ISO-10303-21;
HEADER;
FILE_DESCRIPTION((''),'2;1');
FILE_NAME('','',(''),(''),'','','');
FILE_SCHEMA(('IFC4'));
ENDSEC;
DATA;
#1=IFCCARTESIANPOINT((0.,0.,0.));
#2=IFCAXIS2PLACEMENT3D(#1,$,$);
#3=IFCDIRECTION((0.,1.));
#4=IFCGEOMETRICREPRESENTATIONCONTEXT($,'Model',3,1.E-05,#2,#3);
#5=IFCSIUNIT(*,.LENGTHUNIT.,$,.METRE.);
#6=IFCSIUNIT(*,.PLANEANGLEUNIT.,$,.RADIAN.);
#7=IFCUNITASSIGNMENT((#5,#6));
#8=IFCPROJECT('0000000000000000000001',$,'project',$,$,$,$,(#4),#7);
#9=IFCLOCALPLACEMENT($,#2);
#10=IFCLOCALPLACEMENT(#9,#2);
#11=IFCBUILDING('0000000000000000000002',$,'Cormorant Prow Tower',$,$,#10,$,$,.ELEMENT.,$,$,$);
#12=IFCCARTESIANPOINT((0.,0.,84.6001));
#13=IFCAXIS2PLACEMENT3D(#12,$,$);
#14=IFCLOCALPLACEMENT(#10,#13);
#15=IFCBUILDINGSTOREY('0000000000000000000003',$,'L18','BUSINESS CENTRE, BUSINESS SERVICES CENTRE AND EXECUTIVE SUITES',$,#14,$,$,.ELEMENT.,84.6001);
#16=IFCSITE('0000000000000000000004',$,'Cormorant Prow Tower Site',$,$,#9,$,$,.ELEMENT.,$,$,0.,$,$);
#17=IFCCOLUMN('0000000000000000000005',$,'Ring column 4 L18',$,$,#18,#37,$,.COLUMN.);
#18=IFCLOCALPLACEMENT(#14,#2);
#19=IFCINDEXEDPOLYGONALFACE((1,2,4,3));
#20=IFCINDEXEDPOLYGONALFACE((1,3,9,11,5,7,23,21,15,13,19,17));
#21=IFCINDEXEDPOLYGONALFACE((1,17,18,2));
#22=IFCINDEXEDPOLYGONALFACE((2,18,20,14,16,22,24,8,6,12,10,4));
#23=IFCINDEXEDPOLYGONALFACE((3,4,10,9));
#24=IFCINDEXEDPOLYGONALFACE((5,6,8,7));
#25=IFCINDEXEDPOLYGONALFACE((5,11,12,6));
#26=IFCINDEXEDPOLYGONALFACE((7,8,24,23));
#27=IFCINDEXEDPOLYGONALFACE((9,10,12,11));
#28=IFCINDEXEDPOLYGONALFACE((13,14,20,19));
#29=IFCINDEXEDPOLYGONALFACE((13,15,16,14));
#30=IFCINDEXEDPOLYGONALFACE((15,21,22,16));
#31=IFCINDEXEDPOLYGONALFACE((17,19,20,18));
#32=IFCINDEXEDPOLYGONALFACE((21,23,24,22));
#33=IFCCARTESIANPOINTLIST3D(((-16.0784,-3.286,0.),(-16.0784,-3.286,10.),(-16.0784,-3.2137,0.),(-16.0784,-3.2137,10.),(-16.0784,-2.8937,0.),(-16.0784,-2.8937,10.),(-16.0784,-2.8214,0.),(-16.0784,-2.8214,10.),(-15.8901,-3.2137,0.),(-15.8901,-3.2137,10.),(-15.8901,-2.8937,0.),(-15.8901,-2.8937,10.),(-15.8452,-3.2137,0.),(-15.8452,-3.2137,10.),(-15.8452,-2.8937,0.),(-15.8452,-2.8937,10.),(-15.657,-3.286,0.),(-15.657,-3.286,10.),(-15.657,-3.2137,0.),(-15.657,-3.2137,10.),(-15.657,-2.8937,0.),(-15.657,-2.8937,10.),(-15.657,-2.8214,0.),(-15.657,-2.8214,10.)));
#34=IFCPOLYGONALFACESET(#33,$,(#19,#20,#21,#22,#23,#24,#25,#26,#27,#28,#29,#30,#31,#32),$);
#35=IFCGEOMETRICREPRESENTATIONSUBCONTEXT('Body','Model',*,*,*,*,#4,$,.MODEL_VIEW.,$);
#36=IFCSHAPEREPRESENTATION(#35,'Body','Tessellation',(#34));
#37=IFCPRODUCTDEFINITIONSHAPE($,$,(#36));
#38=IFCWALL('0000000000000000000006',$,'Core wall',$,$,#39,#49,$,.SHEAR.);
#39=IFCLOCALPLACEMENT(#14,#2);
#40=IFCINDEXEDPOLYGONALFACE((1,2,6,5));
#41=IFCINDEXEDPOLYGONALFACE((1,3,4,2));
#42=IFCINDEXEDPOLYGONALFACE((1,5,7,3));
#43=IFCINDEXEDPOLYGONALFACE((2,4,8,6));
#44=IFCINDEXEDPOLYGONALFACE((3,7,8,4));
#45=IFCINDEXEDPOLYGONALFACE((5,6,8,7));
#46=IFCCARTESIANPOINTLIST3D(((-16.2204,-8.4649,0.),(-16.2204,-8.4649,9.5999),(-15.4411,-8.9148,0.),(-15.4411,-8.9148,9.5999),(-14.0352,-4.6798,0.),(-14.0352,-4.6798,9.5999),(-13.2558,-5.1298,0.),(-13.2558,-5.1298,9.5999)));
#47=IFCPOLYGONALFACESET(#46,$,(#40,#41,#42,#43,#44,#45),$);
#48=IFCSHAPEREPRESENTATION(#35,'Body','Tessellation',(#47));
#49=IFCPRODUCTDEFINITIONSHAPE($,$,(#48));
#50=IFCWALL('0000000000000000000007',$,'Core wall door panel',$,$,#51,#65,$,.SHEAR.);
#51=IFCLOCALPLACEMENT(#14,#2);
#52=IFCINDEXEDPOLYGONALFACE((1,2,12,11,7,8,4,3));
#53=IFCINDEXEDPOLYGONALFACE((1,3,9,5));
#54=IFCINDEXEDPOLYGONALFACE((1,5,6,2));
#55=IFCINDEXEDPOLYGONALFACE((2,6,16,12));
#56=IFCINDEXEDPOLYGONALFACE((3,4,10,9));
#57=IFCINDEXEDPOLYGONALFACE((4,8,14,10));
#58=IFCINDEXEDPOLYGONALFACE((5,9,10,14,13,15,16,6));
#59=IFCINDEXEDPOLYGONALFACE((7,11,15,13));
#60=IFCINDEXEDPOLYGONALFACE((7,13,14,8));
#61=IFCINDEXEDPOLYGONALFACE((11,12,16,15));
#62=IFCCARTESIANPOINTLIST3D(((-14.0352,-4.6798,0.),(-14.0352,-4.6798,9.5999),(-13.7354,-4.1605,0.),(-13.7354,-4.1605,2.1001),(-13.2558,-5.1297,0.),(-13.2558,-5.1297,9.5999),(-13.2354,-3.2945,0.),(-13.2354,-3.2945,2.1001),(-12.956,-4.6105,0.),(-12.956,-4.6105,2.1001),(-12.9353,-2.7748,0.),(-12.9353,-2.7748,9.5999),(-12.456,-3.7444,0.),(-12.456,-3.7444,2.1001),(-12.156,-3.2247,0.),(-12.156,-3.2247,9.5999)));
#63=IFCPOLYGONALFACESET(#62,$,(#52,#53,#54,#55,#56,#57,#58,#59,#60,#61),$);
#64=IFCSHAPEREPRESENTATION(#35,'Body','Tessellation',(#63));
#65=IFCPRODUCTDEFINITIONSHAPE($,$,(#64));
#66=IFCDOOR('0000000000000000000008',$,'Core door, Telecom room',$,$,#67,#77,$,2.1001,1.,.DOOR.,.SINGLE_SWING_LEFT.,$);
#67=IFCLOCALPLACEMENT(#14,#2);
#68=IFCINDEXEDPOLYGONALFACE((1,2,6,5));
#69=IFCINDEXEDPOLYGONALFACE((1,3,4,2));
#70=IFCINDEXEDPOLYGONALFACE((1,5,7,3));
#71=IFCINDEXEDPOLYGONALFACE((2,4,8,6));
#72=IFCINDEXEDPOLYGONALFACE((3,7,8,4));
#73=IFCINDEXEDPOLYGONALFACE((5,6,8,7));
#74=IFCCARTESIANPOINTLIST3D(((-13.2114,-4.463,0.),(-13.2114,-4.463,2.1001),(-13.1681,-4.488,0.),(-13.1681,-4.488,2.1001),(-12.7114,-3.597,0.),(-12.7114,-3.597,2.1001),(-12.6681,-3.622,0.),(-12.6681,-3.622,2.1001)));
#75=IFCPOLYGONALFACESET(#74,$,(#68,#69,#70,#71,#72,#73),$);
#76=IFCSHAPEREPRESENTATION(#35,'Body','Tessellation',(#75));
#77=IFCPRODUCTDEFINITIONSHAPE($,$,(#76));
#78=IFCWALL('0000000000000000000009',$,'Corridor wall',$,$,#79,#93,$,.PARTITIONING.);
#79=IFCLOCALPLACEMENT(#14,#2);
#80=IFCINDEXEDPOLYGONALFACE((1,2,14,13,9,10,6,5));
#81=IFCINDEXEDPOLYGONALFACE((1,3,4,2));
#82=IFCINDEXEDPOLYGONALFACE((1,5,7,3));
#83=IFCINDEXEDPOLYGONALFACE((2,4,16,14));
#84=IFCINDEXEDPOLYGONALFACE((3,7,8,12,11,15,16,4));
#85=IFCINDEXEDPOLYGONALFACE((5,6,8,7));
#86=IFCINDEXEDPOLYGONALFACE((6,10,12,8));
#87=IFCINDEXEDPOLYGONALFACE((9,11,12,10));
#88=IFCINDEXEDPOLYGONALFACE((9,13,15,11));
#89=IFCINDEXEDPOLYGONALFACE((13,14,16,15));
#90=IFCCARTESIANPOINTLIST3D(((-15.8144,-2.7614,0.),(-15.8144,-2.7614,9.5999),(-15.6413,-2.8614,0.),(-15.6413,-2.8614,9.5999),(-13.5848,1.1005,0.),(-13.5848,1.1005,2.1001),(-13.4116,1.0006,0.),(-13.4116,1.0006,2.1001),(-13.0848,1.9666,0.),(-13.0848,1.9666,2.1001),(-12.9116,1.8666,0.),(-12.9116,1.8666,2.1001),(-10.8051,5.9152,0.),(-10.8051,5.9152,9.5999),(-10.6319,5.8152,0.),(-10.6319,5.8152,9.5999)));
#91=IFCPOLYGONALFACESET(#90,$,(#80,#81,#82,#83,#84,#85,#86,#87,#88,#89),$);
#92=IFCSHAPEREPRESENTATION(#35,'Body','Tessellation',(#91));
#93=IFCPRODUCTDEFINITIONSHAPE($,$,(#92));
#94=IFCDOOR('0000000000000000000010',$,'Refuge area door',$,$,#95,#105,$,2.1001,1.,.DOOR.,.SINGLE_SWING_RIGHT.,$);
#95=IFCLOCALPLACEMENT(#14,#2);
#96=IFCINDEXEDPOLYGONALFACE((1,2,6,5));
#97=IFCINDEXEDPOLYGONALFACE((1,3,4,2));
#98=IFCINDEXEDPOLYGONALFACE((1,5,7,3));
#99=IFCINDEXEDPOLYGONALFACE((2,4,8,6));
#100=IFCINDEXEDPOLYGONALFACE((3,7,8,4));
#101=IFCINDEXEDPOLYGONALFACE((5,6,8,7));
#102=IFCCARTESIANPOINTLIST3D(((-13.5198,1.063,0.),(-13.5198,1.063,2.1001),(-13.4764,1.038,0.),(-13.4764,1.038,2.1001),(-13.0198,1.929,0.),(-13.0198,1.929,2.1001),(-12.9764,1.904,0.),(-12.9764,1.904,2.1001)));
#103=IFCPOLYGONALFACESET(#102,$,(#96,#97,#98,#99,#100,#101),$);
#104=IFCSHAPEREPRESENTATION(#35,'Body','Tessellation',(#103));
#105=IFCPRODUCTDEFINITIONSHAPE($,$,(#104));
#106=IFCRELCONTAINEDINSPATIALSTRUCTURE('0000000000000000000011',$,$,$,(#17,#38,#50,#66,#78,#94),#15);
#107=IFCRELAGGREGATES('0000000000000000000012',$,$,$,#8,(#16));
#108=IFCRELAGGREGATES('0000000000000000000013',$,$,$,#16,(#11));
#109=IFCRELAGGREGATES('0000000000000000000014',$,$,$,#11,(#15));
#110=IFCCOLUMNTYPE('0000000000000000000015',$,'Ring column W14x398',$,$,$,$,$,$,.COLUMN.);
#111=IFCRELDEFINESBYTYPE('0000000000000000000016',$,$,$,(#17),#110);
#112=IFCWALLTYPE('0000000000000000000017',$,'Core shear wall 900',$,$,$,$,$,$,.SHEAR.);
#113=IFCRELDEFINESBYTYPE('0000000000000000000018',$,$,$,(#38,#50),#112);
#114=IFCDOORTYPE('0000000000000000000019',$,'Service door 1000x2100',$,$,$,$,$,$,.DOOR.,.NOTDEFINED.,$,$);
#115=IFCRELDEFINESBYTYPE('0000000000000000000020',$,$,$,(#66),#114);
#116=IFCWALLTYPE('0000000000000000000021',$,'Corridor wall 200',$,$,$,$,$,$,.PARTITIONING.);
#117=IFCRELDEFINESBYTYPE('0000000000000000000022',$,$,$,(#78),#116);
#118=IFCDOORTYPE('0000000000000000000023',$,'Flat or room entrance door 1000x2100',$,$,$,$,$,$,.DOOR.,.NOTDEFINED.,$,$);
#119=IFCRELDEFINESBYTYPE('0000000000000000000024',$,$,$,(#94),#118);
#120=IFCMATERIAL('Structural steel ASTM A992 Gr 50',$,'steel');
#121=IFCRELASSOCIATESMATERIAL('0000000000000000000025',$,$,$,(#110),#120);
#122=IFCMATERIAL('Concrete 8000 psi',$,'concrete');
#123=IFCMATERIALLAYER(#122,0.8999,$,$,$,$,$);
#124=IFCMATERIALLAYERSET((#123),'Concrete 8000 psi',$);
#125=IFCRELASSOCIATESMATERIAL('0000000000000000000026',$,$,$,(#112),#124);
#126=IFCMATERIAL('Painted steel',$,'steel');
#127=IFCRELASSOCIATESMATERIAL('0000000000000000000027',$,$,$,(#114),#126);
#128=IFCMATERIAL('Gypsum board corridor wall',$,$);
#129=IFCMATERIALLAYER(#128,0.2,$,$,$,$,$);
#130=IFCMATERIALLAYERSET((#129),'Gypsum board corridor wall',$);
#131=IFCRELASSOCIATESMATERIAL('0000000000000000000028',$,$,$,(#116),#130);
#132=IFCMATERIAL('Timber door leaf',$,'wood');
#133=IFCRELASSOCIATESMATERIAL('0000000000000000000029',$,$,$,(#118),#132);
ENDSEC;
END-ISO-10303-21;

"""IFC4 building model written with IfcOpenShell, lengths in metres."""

from ifc_helpers import new_model, si_unit, direction, frame, frame_2d, origin, origin_2d, place, context, subcontext, project, spatial, rectangle, i_section, extrude, material, layer, layer_set, material_profile, profile_set, type_object, element, fill, save


model = new_model("IFC4")

# Units and contexts
model_context = context("Model", 3, precision=1e-05, world=origin(), true_north=direction((0.0, 1.0)))
body_context = subcontext(model_context, "Body", "Model", "MODEL_VIEW")
ifc_project = project(units=[si_unit("LENGTHUNIT", "METRE"), si_unit("PLANEANGLEUNIT", "RADIAN")], contexts=[model_context])

# Site, building, storey
site_placement = place(None, origin())
site = spatial("IfcSite", under=ifc_project, at=site_placement, Name="Cormorant Prow Tower Site", CompositionType="ELEMENT", RefElevation=0.0)
building_placement = place(site_placement, origin())
building = spatial("IfcBuilding", under=site, at=building_placement, Name="Cormorant Prow Tower", CompositionType="ELEMENT")
storey_placement = place(building_placement, frame((0.0, 0.0, 84.6001)))
storey = spatial("IfcBuildingStorey", under=building, at=storey_placement, Name="L18", Description="BUSINESS CENTRE, BUSINESS SERVICES CENTRE AND EXECUTIVE SUITES", CompositionType="ELEMENT", Elevation=84.6001)

# Column
ifc_material_1 = material(Name="Structural steel ASTM A992 Gr 50", Category="steel")
ifc_material_profile = material_profile(ifc_material_1, i_section(OverallWidth=0.4214, OverallDepth=0.4646, WebThickness=0.0449, FlangeThickness=0.0723, at=origin_2d()), Name="W14x398")
ifc_profile_set = profile_set([ifc_material_profile], Name="Structural steel ASTM A992 Gr 50")
column_type = type_object("IfcColumnType", Name="Ring column W14x398", PredefinedType="COLUMN", material=ifc_profile_set)
column_placement = place(storey_placement, frame((-15.8677, -3.0537, 0.0), z_axis=(0.0, 0.0, 1.0), x_axis=(1.0, 0.0, 0.0)))
element("IfcColumn", 1, at=column_placement, inside=storey, type_object=column_type, Name="Ring column 4 L18", PredefinedType="COLUMN", context=body_context, shape_type="SweptSolid", body=[
    extrude(i_section(OverallWidth=0.4214, OverallDepth=0.4646, WebThickness=0.0449, FlangeThickness=0.0723, at=origin_2d()), origin(), (0.0, 0.0, 1.0), 10.0),
])

# Wall
ifc_material_2 = material(Name="Concrete 8000 psi", Category="concrete")
ifc_layer_1 = layer(ifc_material_2, 0.8999)
ifc_layer_set_1 = layer_set([ifc_layer_1], Name="Concrete 8000 psi")
wall_type_1 = type_object("IfcWallType", Name="Core shear wall 900", PredefinedType="SHEAR", material=ifc_layer_set_1)
wall_1_placement = place(storey_placement, frame((-13.6455, -4.9048, 0.0), z_axis=(0.0, 0.0, 1.0), x_axis=(-0.49999, -0.866031, 0.0)))
element("IfcWall", 2, at=wall_1_placement, inside=storey, type_object=wall_type_1, Name="Core wall", PredefinedType="SHEAR", context=body_context, shape_type="SweptSolid", body=[
    extrude(rectangle(XDim=4.3706, YDim=0.8999, at=frame_2d((2.1853, 0.0))), origin(), (0.0, 0.0, 1.0), 9.5999),
])

# Walls, openings, doors
wall_2_placement = place(storey_placement, frame((-12.5457, -2.9998, 0.0), z_axis=(0.0, 0.0, 1.0), x_axis=(-0.499995, -0.866028, 0.0)))
wall_2 = element("IfcWall", 3, at=wall_2_placement, inside=storey, type_object=wall_type_1, Name="Core wall door panel", PredefinedType="SHEAR", context=body_context, shape_type="SweptSolid", body=[
    extrude(rectangle(XDim=2.1997, YDim=0.8999, at=frame_2d((1.0999, 0.0))), origin(), (0.0, 0.0, 1.0), 9.5999),
])
opening_1_placement = place(wall_2_placement, frame((0.6001, 0.0, 0.0)))
opening_1 = element("IfcOpeningElement", 4, at=opening_1_placement, cuts=wall_2, PredefinedType="OPENING", context=body_context, shape_type="SweptSolid", body=[
    extrude(rectangle(XDim=1.0, YDim=2.1001, at=frame_2d((0.5, 1.05))), frame((0.0, 0.46, 0.0), z_axis=(0.0, -1.0, 0.0), x_axis=(1.0, 0.0, 0.0)), (0.0, 0.0, 1.0), 0.9199),
])
ifc_material_3 = material(Name="Painted steel", Category="steel")
door_type_1 = type_object("IfcDoorType", Name="Service door 1000x2100", OperationType="NOTDEFINED", PredefinedType="DOOR", material=ifc_material_3)
door_1_placement = place(opening_1_placement, origin())
door_1 = element("IfcDoor", 5, at=door_1_placement, inside=storey, type_object=door_type_1, Name="Core door, Telecom room", OperationType="SINGLE_SWING_LEFT", OverallHeight=2.1001, OverallWidth=1.0, PredefinedType="DOOR", context=body_context, shape_type="SweptSolid", body=[
    extrude(rectangle(XDim=1.0, YDim=2.1001, at=frame_2d((0.5, 1.05))), frame((0.0, 0.2051, 0.0), z_axis=(0.0, -1.0, 0.0), x_axis=(1.0, 0.0, 0.0)), (0.0, 0.0, 1.0), 0.05),
])
fill(opening_1, door_1)
ifc_material_4 = material(Name="Gypsum board corridor wall")
ifc_layer_2 = layer(ifc_material_4, 0.2)
ifc_layer_set_2 = layer_set([ifc_layer_2], Name="Gypsum board corridor wall")
wall_type_2 = type_object("IfcWallType", Name="Corridor wall 200", PredefinedType="PARTITIONING", material=ifc_layer_set_2)
wall_3_placement = place(storey_placement, frame((-15.7278, -2.8113, 0.0), z_axis=(0.0, 0.0, 1.0), x_axis=(0.499992, 0.86603, 0.0)))
wall_3 = element("IfcWall", 6, at=wall_3_placement, inside=storey, type_object=wall_type_2, Name="Corridor wall", PredefinedType="PARTITIONING", context=body_context, shape_type="SweptSolid", body=[
    extrude(rectangle(XDim=10.0188, YDim=0.2, at=frame_2d((5.0093, 0.0))), origin(), (0.0, 0.0, 1.0), 9.5999),
])
opening_2_placement = place(wall_3_placement, frame((4.4592, 0.0, 0.0)))
opening_2 = element("IfcOpeningElement", 7, at=opening_2_placement, cuts=wall_3, PredefinedType="OPENING", context=body_context, shape_type="SweptSolid", body=[
    extrude(rectangle(XDim=1.0, YDim=2.1001, at=frame_2d((0.5, 1.05))), frame((0.0, 0.1099, 0.0), z_axis=(0.0, -1.0, 0.0), x_axis=(1.0, 0.0, 0.0)), (0.0, 0.0, 1.0), 0.22),
])
ifc_material_5 = material(Name="Timber door leaf", Category="wood")
door_type_2 = type_object("IfcDoorType", Name="Flat or room entrance door 1000x2100", OperationType="NOTDEFINED", PredefinedType="DOOR", material=ifc_material_5)
door_2_placement = place(opening_2_placement, origin())
door_2 = element("IfcDoor", 8, at=door_2_placement, inside=storey, type_object=door_type_2, Name="Refuge area door", OperationType="SINGLE_SWING_RIGHT", OverallHeight=2.1001, OverallWidth=1.0, PredefinedType="DOOR", context=body_context, shape_type="SweptSolid", body=[
    extrude(rectangle(XDim=1.0, YDim=2.1001, at=frame_2d((0.5, 1.05))), frame((0.0, 0.0249, 0.0), z_axis=(0.0, -1.0, 0.0), x_axis=(1.0, 0.0, 0.0)), (0.0, 0.0, 1.0), 0.05),
])
fill(opening_2, door_2)

save(model, "model.ifc")
